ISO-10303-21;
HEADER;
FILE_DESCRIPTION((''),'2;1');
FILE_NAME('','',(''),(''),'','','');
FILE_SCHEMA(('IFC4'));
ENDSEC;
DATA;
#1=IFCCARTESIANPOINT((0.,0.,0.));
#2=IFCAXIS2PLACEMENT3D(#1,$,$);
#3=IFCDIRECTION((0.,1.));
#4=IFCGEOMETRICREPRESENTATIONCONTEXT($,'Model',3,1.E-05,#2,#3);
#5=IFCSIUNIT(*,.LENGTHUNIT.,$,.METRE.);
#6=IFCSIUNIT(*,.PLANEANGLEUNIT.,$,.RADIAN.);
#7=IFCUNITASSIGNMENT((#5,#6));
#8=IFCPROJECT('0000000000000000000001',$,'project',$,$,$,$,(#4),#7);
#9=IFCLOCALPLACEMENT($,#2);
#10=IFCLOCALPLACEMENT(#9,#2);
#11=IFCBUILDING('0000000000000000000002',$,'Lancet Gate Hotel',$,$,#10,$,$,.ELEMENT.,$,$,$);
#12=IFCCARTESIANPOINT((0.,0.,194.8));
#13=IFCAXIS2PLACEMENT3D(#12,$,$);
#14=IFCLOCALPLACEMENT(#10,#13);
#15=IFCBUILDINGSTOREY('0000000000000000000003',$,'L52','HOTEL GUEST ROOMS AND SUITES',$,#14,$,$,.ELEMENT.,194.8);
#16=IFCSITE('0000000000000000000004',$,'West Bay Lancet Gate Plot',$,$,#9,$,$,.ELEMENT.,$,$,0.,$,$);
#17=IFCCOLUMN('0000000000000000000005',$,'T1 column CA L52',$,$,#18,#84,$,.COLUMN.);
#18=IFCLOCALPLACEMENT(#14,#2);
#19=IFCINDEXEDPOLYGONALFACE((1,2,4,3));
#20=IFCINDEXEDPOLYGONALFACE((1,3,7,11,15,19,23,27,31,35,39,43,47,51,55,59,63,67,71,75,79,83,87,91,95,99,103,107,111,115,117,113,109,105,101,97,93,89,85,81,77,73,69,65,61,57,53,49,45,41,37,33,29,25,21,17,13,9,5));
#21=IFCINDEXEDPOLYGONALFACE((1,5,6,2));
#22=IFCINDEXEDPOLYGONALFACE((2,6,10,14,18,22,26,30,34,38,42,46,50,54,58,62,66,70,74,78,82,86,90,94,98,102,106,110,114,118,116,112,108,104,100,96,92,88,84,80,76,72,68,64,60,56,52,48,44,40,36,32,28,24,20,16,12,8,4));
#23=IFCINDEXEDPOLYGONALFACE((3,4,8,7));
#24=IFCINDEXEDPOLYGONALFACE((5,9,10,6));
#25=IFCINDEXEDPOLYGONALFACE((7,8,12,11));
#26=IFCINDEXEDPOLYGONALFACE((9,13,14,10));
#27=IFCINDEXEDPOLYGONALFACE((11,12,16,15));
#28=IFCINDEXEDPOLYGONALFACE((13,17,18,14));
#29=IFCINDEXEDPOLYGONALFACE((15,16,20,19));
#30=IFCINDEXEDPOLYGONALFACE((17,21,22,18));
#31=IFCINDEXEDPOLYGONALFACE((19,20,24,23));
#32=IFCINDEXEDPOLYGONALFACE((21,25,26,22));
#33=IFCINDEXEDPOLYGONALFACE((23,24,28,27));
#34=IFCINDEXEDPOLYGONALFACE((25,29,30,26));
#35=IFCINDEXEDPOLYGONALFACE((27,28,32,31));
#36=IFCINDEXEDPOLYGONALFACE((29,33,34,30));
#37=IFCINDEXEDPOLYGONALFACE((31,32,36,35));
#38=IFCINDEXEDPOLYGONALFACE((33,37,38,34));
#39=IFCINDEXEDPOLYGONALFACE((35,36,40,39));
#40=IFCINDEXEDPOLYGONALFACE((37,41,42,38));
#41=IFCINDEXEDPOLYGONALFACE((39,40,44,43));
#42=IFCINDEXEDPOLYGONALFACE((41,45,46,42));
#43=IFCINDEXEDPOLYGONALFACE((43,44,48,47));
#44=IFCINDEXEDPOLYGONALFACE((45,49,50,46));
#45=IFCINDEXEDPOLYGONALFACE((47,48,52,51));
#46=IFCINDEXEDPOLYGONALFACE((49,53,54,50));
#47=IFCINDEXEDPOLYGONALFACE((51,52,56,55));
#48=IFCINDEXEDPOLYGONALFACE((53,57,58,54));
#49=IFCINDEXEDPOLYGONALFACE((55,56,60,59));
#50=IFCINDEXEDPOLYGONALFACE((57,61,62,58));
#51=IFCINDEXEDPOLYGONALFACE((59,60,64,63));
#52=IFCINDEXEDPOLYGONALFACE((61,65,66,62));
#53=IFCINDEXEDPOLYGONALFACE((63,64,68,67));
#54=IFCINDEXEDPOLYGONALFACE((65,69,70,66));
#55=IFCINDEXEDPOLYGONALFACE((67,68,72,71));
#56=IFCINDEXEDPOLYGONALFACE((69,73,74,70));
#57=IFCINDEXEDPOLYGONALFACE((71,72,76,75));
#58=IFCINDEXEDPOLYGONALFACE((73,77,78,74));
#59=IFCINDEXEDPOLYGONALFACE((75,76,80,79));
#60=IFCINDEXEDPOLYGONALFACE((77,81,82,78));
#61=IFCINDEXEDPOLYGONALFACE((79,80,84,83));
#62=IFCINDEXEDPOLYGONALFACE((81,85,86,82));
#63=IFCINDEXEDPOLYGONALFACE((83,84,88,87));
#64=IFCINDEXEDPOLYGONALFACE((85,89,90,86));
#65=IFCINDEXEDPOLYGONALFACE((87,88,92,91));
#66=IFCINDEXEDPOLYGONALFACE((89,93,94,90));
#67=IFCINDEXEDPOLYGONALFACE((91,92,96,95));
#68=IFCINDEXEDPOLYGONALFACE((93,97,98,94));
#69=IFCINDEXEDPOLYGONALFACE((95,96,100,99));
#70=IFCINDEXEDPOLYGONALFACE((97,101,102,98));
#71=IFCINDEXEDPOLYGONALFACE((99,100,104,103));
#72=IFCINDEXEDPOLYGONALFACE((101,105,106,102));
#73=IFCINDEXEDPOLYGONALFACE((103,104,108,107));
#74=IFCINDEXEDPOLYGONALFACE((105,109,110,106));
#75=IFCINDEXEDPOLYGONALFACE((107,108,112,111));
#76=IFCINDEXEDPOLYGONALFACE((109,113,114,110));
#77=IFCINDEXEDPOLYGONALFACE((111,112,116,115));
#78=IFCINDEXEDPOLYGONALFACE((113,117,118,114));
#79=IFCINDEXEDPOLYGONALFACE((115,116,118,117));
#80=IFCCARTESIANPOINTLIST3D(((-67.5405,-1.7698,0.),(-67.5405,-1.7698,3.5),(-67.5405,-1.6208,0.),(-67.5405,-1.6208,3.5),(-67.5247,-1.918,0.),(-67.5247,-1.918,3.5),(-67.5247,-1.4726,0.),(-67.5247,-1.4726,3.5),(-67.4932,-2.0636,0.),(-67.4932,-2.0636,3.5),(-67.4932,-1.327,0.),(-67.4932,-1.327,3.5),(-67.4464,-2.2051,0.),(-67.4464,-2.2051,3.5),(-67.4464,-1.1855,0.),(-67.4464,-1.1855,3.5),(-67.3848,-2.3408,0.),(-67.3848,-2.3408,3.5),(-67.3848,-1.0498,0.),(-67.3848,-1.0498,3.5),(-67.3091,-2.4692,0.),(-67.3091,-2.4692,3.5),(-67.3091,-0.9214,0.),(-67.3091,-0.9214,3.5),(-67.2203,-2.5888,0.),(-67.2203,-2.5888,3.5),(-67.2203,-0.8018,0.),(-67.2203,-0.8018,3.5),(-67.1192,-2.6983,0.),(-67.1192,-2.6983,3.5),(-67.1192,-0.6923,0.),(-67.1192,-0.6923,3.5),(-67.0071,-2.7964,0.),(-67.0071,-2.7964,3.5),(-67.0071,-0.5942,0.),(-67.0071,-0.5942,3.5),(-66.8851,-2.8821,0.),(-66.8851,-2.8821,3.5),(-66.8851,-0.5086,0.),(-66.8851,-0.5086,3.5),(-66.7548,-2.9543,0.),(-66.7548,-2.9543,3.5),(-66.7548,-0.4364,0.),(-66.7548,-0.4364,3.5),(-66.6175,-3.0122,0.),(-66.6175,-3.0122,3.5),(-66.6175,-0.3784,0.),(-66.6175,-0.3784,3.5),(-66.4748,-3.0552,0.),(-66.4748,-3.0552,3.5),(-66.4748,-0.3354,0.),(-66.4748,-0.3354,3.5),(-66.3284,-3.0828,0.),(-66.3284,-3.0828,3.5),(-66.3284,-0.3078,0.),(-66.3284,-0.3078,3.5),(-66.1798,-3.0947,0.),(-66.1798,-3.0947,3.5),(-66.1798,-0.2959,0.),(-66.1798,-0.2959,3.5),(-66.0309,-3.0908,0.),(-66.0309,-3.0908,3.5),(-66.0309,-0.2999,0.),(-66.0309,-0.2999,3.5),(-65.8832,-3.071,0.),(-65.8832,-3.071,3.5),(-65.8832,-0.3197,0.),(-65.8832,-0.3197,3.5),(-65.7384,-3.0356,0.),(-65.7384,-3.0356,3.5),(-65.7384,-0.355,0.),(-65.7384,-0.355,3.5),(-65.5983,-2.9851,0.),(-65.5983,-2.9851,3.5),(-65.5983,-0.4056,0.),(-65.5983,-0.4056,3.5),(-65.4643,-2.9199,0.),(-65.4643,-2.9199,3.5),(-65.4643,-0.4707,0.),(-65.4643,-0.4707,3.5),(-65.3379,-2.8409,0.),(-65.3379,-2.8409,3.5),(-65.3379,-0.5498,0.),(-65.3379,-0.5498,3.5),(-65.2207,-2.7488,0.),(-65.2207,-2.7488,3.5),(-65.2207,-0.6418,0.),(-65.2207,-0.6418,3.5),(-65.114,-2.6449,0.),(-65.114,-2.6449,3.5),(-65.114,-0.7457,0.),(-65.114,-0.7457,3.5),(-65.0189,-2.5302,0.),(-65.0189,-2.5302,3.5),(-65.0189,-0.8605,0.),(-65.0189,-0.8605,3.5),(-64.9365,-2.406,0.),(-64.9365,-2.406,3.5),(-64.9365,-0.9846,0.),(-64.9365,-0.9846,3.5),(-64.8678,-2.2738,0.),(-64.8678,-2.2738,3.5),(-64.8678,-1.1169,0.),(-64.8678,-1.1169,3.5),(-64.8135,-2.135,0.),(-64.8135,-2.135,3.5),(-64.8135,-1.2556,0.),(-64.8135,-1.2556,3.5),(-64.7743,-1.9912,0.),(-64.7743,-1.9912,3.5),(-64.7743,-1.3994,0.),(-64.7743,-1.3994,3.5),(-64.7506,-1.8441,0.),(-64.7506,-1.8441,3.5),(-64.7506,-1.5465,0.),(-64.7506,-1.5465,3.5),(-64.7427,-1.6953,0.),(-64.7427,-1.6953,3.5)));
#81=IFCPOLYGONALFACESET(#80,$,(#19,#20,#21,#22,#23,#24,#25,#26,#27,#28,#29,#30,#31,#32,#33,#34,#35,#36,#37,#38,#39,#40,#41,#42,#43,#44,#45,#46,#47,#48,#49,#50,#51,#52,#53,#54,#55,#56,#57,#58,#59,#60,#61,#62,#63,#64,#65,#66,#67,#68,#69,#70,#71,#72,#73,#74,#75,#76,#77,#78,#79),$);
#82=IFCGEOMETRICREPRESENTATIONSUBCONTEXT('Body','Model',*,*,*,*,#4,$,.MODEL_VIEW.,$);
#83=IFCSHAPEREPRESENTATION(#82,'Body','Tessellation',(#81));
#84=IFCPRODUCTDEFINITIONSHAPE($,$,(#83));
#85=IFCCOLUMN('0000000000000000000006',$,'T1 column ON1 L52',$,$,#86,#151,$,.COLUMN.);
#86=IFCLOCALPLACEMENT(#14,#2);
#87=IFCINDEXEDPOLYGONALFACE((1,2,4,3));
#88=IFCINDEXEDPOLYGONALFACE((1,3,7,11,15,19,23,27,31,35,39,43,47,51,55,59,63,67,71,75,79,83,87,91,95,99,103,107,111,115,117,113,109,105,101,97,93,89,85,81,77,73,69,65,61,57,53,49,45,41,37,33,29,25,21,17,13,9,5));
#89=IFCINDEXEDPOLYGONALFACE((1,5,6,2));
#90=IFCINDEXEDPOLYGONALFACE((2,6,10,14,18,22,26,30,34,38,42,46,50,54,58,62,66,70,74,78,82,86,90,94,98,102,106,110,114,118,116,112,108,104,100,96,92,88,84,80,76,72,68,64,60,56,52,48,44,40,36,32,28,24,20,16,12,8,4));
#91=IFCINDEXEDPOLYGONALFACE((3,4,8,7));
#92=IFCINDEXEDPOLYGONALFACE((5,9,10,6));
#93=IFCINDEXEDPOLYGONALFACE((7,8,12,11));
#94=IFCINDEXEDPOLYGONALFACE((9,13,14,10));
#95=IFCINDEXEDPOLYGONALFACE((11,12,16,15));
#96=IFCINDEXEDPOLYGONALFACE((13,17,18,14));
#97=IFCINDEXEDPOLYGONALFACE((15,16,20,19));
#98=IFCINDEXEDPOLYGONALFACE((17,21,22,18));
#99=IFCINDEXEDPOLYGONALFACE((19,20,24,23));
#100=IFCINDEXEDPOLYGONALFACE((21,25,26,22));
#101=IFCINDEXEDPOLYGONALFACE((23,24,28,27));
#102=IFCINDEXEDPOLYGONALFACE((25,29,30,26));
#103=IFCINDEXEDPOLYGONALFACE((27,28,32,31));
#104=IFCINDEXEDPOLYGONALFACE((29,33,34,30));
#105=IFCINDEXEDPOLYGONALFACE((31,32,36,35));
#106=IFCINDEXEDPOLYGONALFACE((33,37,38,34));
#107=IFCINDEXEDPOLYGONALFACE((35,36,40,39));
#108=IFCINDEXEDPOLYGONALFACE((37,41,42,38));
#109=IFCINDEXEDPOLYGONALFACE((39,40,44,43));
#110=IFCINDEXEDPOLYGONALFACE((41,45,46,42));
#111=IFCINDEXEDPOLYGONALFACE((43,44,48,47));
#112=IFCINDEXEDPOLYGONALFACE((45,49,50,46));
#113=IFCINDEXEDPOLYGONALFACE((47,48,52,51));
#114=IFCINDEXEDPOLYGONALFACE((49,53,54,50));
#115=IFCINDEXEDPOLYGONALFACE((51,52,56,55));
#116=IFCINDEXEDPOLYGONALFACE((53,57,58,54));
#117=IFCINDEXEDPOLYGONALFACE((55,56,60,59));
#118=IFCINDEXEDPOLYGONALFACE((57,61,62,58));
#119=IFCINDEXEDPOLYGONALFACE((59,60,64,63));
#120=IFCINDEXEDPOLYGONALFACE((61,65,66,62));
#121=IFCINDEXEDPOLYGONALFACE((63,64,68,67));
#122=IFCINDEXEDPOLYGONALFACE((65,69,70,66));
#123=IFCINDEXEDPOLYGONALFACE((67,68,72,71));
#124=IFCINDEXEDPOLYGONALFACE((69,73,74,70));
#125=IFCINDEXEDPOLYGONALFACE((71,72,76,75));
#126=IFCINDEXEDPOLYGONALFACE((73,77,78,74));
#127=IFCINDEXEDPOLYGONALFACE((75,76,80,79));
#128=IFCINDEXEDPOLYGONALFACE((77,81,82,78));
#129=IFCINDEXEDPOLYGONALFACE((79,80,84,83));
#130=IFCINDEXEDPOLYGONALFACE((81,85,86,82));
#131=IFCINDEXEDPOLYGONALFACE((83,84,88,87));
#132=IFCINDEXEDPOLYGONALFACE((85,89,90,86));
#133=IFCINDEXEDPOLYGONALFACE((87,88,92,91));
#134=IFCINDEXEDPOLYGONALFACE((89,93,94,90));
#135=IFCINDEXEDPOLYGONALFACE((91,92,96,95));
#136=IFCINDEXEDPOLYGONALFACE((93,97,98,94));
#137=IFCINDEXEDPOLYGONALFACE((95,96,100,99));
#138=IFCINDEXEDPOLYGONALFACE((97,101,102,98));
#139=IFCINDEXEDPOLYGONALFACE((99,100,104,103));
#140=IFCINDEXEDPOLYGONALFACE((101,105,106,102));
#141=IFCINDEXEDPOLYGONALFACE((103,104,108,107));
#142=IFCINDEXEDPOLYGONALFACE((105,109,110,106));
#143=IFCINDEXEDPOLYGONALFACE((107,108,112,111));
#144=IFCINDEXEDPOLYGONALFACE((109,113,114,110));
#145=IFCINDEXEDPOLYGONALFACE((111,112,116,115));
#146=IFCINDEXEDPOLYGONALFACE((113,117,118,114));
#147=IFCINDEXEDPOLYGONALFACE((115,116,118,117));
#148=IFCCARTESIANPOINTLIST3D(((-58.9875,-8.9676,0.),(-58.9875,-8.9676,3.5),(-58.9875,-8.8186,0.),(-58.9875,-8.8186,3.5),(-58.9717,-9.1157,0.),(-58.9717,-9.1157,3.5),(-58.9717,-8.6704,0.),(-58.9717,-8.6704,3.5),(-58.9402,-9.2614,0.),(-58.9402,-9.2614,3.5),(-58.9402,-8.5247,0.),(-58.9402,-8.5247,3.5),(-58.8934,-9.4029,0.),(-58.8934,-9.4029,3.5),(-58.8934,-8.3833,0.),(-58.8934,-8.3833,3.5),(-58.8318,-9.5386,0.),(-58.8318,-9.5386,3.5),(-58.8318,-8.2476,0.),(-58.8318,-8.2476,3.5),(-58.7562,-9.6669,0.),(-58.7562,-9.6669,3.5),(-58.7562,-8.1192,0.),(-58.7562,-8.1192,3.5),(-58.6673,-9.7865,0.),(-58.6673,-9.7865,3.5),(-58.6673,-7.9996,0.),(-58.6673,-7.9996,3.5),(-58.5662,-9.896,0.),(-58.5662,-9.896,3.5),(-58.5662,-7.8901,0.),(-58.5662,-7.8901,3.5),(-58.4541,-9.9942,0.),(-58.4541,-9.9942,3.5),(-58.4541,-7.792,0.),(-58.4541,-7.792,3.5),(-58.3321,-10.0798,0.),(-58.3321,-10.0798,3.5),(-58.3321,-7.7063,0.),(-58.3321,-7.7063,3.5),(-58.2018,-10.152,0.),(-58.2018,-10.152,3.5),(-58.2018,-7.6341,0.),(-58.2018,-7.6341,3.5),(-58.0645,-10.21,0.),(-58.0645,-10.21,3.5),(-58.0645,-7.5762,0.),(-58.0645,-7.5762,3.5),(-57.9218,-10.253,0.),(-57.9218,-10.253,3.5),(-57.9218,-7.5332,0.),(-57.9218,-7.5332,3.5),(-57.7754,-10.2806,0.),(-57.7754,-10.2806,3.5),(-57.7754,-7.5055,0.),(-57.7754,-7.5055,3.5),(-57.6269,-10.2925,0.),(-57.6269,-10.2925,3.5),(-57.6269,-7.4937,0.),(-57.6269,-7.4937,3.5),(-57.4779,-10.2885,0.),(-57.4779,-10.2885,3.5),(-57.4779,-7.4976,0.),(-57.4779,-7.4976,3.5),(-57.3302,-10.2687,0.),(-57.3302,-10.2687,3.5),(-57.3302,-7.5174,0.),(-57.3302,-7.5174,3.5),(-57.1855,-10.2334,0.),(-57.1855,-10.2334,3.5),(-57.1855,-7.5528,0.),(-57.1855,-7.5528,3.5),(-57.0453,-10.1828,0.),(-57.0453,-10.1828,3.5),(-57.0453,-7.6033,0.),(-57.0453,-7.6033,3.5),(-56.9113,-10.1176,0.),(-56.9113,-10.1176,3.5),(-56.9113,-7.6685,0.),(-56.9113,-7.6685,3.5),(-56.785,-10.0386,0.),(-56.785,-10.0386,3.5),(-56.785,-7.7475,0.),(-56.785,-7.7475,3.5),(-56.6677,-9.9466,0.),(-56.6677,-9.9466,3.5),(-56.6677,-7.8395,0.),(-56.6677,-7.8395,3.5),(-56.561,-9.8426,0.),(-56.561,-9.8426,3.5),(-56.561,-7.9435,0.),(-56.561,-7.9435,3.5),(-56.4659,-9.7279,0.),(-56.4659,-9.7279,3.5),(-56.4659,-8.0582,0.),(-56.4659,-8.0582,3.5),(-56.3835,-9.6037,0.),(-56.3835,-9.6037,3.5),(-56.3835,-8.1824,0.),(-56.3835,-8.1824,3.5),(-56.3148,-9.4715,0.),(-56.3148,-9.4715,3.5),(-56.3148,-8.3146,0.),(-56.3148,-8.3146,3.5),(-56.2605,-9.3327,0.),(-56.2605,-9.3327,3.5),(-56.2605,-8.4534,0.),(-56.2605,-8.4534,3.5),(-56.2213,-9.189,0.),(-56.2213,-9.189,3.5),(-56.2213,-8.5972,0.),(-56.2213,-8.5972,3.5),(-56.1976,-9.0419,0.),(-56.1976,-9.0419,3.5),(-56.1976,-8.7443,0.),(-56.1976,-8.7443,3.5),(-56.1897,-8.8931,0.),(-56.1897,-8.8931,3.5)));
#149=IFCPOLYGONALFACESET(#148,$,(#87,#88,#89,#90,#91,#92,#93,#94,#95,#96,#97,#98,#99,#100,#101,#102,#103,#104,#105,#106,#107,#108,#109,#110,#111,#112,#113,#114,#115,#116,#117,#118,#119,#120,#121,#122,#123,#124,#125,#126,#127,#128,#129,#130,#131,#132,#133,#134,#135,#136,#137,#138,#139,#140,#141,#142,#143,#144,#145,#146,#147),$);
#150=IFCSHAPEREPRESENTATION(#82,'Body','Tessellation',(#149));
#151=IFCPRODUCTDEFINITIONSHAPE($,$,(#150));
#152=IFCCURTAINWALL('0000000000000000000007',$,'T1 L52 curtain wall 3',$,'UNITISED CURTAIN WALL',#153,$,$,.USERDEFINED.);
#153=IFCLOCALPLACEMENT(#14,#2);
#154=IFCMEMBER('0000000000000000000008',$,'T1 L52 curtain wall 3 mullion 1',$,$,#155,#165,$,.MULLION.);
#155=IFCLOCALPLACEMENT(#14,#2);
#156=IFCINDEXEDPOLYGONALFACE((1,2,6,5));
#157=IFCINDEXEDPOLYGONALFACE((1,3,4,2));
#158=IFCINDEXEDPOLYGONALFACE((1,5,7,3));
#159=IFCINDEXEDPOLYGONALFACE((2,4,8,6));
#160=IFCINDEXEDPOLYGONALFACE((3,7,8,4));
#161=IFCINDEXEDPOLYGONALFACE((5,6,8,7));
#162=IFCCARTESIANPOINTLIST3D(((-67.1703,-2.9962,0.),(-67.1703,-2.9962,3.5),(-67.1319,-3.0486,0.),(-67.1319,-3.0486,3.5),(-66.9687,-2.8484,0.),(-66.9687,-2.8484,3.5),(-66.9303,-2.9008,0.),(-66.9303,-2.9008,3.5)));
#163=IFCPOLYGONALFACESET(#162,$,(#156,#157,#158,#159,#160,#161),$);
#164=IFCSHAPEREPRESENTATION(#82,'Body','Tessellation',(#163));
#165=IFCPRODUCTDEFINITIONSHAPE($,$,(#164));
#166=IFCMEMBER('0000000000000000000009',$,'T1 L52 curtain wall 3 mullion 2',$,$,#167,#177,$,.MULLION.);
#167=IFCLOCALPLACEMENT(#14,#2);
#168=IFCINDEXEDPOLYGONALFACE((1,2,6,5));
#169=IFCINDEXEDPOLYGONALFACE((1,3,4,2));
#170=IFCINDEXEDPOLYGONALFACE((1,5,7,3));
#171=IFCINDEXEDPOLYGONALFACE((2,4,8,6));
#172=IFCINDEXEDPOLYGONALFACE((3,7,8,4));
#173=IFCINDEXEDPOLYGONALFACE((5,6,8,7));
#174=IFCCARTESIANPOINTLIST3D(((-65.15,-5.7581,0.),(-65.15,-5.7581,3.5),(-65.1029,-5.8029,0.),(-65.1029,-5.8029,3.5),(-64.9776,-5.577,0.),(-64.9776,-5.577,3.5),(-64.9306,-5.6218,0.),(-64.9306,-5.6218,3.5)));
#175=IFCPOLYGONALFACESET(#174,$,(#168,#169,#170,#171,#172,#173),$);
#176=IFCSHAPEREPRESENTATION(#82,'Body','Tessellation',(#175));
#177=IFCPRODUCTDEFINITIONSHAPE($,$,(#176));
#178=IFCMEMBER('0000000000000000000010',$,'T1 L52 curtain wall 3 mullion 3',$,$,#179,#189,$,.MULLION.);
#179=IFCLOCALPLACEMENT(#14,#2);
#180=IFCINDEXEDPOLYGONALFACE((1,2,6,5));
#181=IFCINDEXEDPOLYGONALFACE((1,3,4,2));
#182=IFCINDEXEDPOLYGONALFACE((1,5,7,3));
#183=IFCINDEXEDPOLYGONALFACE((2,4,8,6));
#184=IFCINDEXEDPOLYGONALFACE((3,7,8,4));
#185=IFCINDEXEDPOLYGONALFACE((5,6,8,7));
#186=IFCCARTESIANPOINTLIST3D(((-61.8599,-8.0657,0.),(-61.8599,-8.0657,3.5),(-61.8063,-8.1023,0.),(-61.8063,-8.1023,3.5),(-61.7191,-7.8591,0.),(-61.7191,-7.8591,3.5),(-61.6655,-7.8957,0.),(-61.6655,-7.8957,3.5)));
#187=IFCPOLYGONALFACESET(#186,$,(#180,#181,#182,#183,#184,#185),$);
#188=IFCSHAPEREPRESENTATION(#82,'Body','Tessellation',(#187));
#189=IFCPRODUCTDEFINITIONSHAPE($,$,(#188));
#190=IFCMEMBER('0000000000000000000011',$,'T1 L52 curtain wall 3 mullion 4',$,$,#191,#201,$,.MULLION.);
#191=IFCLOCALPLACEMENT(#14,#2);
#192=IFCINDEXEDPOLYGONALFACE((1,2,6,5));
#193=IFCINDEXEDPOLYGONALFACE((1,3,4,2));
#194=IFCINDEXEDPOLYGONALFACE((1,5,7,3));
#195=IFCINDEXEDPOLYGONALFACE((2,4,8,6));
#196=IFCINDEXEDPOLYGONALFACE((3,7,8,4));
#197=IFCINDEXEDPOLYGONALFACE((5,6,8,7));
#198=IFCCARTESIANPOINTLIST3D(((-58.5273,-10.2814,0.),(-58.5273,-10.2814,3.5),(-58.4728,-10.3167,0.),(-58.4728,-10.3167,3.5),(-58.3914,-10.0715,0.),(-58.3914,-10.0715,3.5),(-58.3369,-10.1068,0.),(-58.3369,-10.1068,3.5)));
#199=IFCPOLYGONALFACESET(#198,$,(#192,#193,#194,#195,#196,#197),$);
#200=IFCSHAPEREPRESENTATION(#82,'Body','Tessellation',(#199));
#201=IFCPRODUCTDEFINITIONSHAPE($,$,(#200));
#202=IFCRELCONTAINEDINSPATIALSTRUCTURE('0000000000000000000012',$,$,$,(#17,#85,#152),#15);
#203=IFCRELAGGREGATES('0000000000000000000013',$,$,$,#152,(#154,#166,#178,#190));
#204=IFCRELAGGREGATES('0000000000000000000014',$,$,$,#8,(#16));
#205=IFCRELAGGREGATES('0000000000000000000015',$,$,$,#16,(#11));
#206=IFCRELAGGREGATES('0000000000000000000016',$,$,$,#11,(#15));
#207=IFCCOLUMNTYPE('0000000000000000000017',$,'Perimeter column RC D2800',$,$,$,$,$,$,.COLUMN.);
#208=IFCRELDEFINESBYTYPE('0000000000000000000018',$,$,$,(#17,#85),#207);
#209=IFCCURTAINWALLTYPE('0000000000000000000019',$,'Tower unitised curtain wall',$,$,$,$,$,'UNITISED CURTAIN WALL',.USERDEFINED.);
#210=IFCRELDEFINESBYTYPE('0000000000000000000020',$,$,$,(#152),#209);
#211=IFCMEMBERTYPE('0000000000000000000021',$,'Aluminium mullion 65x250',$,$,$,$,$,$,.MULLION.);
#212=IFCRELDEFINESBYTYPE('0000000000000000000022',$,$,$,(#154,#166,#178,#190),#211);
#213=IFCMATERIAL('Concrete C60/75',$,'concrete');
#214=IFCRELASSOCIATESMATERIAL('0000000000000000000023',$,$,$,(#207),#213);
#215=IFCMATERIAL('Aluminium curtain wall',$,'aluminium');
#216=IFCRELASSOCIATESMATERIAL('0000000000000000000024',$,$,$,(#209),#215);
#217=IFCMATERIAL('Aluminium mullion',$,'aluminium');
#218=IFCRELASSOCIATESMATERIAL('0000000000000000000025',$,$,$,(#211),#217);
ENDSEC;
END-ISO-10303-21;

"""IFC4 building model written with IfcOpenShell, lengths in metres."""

from ifc_helpers import new_model, si_unit, direction, frame, origin, origin_2d, place, context, subcontext, project, spatial, rectangle, circle, extrude, material, material_profile, profile_set, type_object, element, aggregate, save


model = new_model("IFC4")

# Units and contexts
model_context = context("Model", 3, precision=1e-05, world=origin(), true_north=direction((0.0, 1.0)))
body_context = subcontext(model_context, "Body", "Model", "MODEL_VIEW")
ifc_project = project(units=[si_unit("LENGTHUNIT", "METRE"), si_unit("PLANEANGLEUNIT", "RADIAN")], contexts=[model_context])

# Site, building, storey
site_placement = place(None, origin())
site = spatial("IfcSite", under=ifc_project, at=site_placement, Name="West Bay Lancet Gate Plot", CompositionType="ELEMENT", RefElevation=0.0)
building_placement = place(site_placement, origin())
building = spatial("IfcBuilding", under=site, at=building_placement, Name="Lancet Gate Hotel", CompositionType="ELEMENT")
storey_placement = place(building_placement, frame((0.0, 0.0, 194.8)))
storey = spatial("IfcBuildingStorey", under=building, at=storey_placement, Name="L52", Description="HOTEL GUEST ROOMS AND SUITES", CompositionType="ELEMENT", Elevation=194.8)

# Columns
ifc_material_1 = material(Name="Concrete C60/75", Category="concrete")
ifc_material_profile_1 = material_profile(ifc_material_1, circle(Radius=1.3999, at=origin_2d()), Name="RC D2800")
ifc_profile_set_1 = profile_set([ifc_material_profile_1], Name="Concrete C60/75")
column_type = type_object("IfcColumnType", Name="Perimeter column RC D2800", PredefinedType="COLUMN", material=ifc_profile_set_1)
for number, where, z_axis, x_axis, name in (
    (1, (-66.1426, -1.6953, 0.0), (0.0, 0.0, 1.0), (1.0, 0.0, 0.0), "T1 column CA L52"),
    (2, (-57.5896, -8.8931, 0.0), (0.0, 0.0, 1.0), (1.0, 0.0, 0.0), "T1 column ON1 L52"),
):
    element("IfcColumn", number, at=place(storey_placement, frame(where, z_axis=z_axis, x_axis=x_axis)), inside=storey, type_object=column_type, Name=name, PredefinedType="COLUMN", context=body_context, shape_type="SweptSolid", body=[
        extrude(circle(Radius=1.3999, at=origin_2d()), origin(), (0.0, 0.0, 1.0), 3.5),
    ])

# Curtain wall, members
ifc_material_2 = material(Name="Aluminium curtain wall", Category="aluminium")
curtain_wall_type = type_object("IfcCurtainWallType", Name="Tower unitised curtain wall", ElementType="UNITISED CURTAIN WALL", PredefinedType="USERDEFINED", material=ifc_material_2)
curtain_wall_placement = place(storey_placement, origin())
curtain_wall = element("IfcCurtainWall", 3, at=curtain_wall_placement, inside=storey, type_object=curtain_wall_type, Name="T1 L52 curtain wall 3", ObjectType="UNITISED CURTAIN WALL", PredefinedType="USERDEFINED")
ifc_material_3 = material(Name="Aluminium mullion", Category="aluminium")
ifc_material_profile_2 = material_profile(ifc_material_3, rectangle(XDim=0.0649, YDim=0.25, at=origin_2d()), Name="MULLION 65x250")
ifc_profile_set_2 = profile_set([ifc_material_profile_2], Name="Aluminium mullion")
member_type_1 = type_object("IfcMemberType", Name="Aluminium mullion 65x250", PredefinedType="MULLION", material=ifc_profile_set_2)
member_1_placement = place(storey_placement, frame((-67.0503, -2.9485, 0.0), z_axis=(0.0, 0.0, 1.0), x_axis=(0.5913, -0.806452, 0.0)))
member_1 = element("IfcMember", 4, at=member_1_placement, type_object=member_type_1, Name="T1 L52 curtain wall 3 mullion 1", PredefinedType="MULLION", context=body_context, shape_type="SweptSolid", body=[
    extrude(rectangle(XDim=0.0649, YDim=0.25, at=origin_2d()), origin(), (0.0, 0.0, 1.0), 3.5),
])
member_2_placement = place(storey_placement, frame((-65.0403, -5.6899, 0.0), z_axis=(0.0, 0.0, 1.0), x_axis=(0.724382, -0.689399, 0.0)))
member_2 = element("IfcMember", 5, at=member_2_placement, type_object=member_type_1, Name="T1 L52 curtain wall 3 mullion 2", PredefinedType="MULLION", context=body_context, shape_type="SweptSolid", body=[
    extrude(rectangle(XDim=0.0649, YDim=0.25, at=origin_2d()), origin(), (0.0, 0.0, 1.0), 3.5),
])
member_3_placement = place(storey_placement, frame((-61.7627, -7.9807, 0.0), z_axis=(0.0, 0.0, 1.0), x_axis=(0.826312, -0.563212, 0.0)))
member_3 = element("IfcMember", 6, at=member_3_placement, type_object=member_type_1, Name="T1 L52 curtain wall 3 mullion 3", PredefinedType="MULLION", context=body_context, shape_type="SweptSolid", body=[
    extrude(rectangle(XDim=0.0649, YDim=0.25, at=origin_2d()), origin(), (0.0, 0.0, 1.0), 3.5),
])
member_4_placement = place(storey_placement, frame((-58.4321, -10.1941, 0.0), z_axis=(0.0, 0.0, 1.0), x_axis=(0.839331, -0.543621, 0.0)))
member_4 = element("IfcMember", 7, at=member_4_placement, type_object=member_type_1, Name="T1 L52 curtain wall 3 mullion 4", PredefinedType="MULLION", context=body_context, shape_type="SweptSolid", body=[
    extrude(rectangle(XDim=0.0649, YDim=0.25, at=origin_2d()), origin(), (0.0, 0.0, 1.0), 3.5),
])

aggregate(curtain_wall, [member_1, member_2, member_3, member_4])

save(model, "model.ifc")
